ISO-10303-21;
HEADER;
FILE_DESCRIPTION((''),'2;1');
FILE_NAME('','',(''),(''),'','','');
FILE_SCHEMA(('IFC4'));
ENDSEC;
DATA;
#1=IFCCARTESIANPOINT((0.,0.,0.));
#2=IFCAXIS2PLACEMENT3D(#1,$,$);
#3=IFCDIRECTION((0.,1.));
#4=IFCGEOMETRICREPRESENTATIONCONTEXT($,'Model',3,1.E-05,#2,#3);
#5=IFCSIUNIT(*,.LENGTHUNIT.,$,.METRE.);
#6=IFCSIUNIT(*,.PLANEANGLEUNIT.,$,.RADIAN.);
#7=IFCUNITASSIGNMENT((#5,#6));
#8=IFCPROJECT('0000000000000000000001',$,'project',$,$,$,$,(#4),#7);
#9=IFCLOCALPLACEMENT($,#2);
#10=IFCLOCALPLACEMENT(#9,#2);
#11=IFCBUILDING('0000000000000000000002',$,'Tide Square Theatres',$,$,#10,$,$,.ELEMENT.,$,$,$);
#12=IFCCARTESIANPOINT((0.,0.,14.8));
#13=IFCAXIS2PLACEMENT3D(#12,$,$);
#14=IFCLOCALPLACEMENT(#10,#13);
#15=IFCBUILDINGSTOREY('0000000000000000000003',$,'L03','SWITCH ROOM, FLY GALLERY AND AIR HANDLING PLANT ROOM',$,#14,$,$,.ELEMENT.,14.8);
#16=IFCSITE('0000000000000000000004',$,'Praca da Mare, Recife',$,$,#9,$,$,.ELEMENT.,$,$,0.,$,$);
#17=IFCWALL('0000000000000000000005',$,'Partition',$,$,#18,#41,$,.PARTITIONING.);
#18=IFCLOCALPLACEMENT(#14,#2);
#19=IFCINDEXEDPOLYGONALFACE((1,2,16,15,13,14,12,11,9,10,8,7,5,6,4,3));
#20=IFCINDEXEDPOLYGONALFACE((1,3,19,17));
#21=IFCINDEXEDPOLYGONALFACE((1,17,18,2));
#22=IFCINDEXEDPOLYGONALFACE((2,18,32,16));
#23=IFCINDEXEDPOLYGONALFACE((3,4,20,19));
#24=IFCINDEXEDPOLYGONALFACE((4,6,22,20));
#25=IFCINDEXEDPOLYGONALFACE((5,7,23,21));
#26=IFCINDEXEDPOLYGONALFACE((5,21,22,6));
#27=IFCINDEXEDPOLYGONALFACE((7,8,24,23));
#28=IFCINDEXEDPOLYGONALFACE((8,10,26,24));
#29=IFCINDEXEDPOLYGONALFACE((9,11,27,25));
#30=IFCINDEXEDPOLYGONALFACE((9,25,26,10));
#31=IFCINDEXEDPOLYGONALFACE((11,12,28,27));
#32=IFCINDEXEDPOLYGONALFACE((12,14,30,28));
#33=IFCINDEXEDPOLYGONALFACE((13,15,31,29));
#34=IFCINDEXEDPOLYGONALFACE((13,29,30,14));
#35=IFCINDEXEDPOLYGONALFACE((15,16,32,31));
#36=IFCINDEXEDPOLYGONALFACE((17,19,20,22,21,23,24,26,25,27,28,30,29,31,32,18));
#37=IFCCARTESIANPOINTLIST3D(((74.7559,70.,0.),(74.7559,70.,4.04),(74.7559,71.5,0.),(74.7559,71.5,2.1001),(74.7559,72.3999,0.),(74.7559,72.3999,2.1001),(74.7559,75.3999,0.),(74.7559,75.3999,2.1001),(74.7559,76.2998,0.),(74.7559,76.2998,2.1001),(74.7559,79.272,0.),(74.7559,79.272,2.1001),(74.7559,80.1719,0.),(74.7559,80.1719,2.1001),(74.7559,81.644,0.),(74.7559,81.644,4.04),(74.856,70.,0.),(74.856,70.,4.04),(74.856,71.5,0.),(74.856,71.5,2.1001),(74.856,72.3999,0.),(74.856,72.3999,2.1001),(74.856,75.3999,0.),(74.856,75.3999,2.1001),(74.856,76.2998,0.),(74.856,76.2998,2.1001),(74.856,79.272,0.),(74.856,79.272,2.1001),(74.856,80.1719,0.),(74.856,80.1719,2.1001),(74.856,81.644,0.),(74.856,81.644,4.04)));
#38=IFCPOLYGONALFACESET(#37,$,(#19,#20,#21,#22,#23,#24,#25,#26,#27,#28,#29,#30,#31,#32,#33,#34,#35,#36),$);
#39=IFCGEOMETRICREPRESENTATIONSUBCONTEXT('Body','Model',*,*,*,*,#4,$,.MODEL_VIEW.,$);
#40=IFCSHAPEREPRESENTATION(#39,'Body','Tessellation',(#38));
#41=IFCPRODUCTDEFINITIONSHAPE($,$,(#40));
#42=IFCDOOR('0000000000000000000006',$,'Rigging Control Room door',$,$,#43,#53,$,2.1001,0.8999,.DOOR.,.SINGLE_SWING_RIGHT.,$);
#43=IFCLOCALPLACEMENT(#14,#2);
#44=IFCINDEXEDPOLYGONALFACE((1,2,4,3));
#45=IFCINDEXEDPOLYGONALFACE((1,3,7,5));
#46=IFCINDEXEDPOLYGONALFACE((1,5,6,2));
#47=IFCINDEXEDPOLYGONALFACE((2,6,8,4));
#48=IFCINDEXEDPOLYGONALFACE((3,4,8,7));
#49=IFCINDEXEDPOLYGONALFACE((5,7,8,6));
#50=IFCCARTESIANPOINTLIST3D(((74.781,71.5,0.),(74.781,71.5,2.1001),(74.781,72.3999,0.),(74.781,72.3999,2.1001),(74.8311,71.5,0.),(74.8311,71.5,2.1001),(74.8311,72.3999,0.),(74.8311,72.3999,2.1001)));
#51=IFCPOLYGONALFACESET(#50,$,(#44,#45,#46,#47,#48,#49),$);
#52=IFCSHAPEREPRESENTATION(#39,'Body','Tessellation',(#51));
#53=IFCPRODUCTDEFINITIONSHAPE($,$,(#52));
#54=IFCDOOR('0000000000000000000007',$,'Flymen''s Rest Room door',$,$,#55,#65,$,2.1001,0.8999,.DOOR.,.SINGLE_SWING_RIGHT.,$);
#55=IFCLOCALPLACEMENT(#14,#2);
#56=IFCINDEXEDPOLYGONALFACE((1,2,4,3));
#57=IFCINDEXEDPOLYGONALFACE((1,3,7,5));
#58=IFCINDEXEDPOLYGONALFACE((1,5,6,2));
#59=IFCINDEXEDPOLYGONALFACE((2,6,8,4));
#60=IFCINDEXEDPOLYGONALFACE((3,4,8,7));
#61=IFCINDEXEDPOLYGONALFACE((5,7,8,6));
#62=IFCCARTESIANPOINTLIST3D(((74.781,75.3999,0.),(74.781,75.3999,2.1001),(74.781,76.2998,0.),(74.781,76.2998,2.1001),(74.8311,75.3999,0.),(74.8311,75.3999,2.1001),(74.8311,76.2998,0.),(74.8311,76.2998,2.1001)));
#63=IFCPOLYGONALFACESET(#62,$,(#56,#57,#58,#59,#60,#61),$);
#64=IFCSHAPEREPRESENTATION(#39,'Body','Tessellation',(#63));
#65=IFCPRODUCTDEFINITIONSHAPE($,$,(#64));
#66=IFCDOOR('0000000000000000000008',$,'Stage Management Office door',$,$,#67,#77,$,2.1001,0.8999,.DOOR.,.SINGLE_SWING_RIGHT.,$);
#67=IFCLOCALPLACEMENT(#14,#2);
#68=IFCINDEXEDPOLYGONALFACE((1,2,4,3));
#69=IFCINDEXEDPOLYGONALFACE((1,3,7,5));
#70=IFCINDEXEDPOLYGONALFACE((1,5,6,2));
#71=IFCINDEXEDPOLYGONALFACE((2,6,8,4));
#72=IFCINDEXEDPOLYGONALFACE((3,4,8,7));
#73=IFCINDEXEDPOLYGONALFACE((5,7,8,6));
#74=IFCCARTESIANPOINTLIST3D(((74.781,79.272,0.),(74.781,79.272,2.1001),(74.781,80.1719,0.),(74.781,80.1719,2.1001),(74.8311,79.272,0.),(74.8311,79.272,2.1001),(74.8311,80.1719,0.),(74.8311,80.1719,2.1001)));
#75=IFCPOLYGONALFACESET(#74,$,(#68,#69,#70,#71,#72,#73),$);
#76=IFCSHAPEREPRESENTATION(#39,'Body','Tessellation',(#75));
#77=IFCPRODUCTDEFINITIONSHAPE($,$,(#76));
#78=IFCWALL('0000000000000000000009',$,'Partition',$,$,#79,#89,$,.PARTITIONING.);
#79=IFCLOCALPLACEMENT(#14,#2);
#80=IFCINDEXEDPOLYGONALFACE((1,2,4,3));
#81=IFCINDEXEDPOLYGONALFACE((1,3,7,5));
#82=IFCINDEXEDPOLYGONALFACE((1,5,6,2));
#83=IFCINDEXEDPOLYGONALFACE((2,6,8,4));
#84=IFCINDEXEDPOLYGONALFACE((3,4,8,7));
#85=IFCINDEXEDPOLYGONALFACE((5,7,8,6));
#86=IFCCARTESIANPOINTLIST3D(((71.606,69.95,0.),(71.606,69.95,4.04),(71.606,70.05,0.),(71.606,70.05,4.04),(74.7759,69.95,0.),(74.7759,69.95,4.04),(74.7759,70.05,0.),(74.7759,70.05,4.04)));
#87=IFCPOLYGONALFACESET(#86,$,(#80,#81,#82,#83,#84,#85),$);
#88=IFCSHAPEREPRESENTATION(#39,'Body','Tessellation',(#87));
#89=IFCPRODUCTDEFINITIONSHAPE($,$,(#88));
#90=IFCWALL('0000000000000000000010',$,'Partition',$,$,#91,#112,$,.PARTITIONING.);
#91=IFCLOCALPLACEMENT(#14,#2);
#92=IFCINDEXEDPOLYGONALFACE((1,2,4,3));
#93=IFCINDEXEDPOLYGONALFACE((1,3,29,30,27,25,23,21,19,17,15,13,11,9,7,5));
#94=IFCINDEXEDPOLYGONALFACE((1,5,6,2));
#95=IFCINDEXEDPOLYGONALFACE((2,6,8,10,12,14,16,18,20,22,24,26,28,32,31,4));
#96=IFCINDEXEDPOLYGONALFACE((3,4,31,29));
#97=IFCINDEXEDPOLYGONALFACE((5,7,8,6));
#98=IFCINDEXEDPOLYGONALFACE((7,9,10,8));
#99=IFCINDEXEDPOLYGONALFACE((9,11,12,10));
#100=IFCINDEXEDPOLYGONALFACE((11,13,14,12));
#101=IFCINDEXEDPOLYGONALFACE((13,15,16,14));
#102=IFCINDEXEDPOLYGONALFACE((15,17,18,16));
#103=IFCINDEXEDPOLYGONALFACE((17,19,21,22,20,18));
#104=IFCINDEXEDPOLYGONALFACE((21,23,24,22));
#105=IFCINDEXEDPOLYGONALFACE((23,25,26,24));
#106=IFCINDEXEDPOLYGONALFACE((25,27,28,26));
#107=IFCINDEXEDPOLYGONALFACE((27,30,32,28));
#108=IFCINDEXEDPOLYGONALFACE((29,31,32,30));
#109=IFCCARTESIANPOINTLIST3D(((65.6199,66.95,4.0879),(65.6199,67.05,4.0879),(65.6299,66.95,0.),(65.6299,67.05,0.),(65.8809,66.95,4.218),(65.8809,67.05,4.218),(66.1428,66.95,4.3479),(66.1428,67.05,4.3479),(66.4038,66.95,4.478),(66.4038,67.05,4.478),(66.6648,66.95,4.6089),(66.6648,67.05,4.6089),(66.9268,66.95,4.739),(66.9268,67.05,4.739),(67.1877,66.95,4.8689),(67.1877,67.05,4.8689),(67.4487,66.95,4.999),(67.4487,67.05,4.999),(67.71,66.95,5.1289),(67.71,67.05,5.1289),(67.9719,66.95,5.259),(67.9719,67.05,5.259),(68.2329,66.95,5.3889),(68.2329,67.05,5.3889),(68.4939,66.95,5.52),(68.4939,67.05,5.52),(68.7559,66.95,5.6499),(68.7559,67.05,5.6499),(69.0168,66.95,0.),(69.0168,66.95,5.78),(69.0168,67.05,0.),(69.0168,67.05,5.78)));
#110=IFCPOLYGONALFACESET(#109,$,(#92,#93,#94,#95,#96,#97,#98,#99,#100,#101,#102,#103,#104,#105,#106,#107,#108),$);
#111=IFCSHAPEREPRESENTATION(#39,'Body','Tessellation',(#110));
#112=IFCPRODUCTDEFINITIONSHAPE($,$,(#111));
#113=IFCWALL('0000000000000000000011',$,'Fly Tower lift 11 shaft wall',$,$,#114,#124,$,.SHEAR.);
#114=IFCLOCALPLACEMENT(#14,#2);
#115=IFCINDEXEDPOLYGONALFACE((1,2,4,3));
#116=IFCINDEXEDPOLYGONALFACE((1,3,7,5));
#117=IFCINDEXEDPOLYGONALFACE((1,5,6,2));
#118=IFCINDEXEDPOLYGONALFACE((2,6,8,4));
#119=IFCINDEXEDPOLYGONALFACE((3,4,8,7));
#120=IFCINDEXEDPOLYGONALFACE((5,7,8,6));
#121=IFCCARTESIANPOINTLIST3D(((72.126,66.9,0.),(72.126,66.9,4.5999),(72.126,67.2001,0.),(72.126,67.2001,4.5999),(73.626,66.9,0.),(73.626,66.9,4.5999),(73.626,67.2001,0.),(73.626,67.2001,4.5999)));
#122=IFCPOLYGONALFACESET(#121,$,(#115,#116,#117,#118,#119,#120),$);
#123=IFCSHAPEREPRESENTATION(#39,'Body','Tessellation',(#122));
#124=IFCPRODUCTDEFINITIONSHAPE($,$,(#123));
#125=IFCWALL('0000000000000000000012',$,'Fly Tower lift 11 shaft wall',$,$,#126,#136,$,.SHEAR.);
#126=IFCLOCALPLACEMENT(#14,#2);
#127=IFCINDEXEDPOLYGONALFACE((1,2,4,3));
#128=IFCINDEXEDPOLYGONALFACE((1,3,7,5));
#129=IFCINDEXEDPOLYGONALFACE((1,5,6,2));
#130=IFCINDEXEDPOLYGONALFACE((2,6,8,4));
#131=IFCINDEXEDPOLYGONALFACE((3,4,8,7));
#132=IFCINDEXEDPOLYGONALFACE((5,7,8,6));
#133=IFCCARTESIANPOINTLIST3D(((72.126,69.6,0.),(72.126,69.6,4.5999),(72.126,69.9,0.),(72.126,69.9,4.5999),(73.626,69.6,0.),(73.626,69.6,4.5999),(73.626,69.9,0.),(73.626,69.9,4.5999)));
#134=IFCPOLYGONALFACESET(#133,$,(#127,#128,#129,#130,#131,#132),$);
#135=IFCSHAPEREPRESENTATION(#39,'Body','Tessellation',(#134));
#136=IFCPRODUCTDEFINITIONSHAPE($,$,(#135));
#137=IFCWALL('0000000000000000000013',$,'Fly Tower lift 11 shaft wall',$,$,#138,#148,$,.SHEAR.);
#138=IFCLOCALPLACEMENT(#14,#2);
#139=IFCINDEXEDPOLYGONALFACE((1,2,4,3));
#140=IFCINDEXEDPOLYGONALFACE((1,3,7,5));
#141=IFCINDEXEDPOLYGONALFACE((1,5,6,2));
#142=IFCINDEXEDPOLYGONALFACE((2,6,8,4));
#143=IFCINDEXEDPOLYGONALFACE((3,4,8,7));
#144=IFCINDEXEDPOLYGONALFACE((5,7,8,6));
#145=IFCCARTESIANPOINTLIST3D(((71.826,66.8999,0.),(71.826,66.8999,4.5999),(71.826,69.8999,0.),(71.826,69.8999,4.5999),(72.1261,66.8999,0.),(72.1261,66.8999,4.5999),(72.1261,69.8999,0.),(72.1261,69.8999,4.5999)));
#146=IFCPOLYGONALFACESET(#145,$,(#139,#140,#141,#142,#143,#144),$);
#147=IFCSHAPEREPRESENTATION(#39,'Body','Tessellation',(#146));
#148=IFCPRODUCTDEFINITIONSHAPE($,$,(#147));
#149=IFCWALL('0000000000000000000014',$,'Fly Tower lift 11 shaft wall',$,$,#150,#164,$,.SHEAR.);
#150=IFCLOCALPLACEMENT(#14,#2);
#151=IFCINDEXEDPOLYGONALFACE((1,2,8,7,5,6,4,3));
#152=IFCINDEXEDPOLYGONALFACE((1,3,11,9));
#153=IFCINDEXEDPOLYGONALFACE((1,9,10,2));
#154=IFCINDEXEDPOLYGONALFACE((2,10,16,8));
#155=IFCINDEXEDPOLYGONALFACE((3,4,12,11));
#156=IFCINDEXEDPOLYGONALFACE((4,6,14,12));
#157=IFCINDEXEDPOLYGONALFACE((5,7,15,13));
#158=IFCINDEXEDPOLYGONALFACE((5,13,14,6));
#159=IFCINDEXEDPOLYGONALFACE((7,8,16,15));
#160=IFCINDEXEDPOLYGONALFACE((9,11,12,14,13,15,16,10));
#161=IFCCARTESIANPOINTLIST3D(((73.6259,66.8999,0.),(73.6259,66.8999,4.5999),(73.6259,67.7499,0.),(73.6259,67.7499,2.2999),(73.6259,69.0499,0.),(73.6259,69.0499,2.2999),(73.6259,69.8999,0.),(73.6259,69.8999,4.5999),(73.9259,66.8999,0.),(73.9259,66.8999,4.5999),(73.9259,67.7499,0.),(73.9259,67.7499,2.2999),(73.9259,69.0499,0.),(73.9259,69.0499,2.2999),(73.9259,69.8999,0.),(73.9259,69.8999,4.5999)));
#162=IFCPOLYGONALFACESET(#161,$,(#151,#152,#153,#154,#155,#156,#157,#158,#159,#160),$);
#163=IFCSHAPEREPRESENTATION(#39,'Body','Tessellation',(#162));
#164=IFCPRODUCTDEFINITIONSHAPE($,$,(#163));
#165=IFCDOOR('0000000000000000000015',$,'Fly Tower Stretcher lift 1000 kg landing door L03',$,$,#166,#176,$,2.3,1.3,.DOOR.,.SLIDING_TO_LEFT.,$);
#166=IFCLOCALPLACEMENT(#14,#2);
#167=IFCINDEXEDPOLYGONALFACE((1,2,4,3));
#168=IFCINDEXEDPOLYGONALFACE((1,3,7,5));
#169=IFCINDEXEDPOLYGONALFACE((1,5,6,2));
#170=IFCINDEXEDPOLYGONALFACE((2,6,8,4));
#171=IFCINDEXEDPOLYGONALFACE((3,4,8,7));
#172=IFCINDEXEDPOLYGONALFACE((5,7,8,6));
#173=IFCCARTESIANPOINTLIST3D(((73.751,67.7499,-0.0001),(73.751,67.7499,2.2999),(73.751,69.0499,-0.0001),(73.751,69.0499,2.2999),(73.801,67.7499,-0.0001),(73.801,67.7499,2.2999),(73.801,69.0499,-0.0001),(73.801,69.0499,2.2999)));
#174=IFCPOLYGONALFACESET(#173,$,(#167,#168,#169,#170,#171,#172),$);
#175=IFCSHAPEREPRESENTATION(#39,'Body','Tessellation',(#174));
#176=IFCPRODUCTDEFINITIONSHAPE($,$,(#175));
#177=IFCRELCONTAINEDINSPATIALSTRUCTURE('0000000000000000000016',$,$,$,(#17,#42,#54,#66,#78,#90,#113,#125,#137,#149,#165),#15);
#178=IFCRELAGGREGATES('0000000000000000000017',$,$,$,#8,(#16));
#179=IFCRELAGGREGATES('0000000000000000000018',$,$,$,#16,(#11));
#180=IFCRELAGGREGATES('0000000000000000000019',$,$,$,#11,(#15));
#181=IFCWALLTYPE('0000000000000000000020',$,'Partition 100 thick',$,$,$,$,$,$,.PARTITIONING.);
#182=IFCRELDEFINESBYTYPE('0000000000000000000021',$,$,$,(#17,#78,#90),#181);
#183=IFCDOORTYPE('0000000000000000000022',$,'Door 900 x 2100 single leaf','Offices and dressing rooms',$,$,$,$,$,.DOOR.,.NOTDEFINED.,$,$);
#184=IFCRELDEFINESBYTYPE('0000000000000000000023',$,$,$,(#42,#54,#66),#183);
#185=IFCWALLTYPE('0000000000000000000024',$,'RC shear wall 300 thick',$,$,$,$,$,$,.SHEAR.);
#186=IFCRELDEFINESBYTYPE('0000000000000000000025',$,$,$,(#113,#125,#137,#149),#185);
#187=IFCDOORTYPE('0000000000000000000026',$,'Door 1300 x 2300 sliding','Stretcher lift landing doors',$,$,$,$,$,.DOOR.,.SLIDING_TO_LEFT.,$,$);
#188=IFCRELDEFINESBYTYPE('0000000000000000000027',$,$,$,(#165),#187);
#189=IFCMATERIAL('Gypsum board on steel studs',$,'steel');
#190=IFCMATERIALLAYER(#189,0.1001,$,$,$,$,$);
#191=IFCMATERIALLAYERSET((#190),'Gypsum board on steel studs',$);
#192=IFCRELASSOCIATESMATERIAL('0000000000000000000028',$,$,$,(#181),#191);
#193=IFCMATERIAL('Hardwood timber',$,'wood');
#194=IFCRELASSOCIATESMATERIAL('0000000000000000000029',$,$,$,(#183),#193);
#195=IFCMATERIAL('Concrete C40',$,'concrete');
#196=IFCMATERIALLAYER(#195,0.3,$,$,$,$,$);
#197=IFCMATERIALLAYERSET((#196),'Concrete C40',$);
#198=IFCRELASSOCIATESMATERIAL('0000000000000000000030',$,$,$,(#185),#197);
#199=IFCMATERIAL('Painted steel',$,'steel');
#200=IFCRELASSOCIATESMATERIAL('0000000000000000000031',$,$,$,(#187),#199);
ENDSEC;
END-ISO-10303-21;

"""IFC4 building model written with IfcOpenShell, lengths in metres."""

from ifc_helpers import new_model, si_unit, direction, frame, frame_2d, origin, place, context, subcontext, project, spatial, polyline, rectangle, outline, extrude, material, layer, layer_set, type_object, element, fill, save


model = new_model("IFC4")

# Units and contexts
model_context = context("Model", 3, precision=1e-05, world=origin(), true_north=direction((0.0, 1.0)))
body_context = subcontext(model_context, "Body", "Model", "MODEL_VIEW")
ifc_project = project(units=[si_unit("LENGTHUNIT", "METRE"), si_unit("PLANEANGLEUNIT", "RADIAN")], contexts=[model_context])

# Site, building, storey
site_placement = place(None, origin())
site = spatial("IfcSite", under=ifc_project, at=site_placement, Name="Praca da Mare, Recife", CompositionType="ELEMENT", RefElevation=0.0)
building_placement = place(site_placement, origin())
building = spatial("IfcBuilding", under=site, at=building_placement, Name="Tide Square Theatres", CompositionType="ELEMENT")
storey_placement = place(building_placement, frame((0.0, 0.0, 14.8)))
storey = spatial("IfcBuildingStorey", under=building, at=storey_placement, Name="L03", Description="SWITCH ROOM, FLY GALLERY AND AIR HANDLING PLANT ROOM", CompositionType="ELEMENT", Elevation=14.8)

# Shared definitions
ifc_material_1 = material(Name="Gypsum board on steel studs", Category="steel")
ifc_layer_1 = layer(ifc_material_1, 0.1001)
ifc_layer_set_1 = layer_set([ifc_layer_1], Name="Gypsum board on steel studs")
wall_type_1 = type_object("IfcWallType", Name="Partition 100 thick", PredefinedType="PARTITIONING", material=ifc_layer_set_1)

# Wall, openings, doors
wall_1_placement = place(storey_placement, frame((74.8059, 70.0, 0.0), z_axis=(0.0, 0.0, 1.0), x_axis=(0.0, 1.0, 0.0)))
wall_1 = element("IfcWall", 1, at=wall_1_placement, inside=storey, type_object=wall_type_1, Name="Partition", PredefinedType="PARTITIONING", context=body_context, shape_type="SweptSolid", body=[
    extrude(rectangle(XDim=11.644, YDim=0.1001, at=frame_2d((5.822, 0.0))), origin(), (0.0, 0.0, 1.0), 4.04),
])
opening_1_placement = place(wall_1_placement, frame((1.5, 0.0, 0.0)))
opening_1 = element("IfcOpeningElement", 2, at=opening_1_placement, cuts=wall_1, PredefinedType="OPENING", context=body_context, shape_type="SweptSolid", body=[
    extrude(rectangle(XDim=0.8999, YDim=2.1001, at=frame_2d((0.45, 1.05))), frame((0.0, 0.0601, 0.0), z_axis=(0.0, -1.0, 0.0), x_axis=(1.0, 0.0, 0.0)), (0.0, 0.0, 1.0), 0.1201),
])
opening_2_placement = place(wall_1_placement, frame((5.3999, 0.0, 0.0)))
opening_2 = element("IfcOpeningElement", 3, at=opening_2_placement, cuts=wall_1, PredefinedType="OPENING", context=body_context, shape_type="SweptSolid", body=[
    extrude(rectangle(XDim=0.8999, YDim=2.1001, at=frame_2d((0.45, 1.05))), frame((0.0, 0.0601, 0.0), z_axis=(0.0, -1.0, 0.0), x_axis=(1.0, 0.0, 0.0)), (0.0, 0.0, 1.0), 0.1201),
])
opening_3_placement = place(wall_1_placement, frame((9.272, 0.0, 0.0)))
opening_3 = element("IfcOpeningElement", 4, at=opening_3_placement, cuts=wall_1, PredefinedType="OPENING", context=body_context, shape_type="SweptSolid", body=[
    extrude(rectangle(XDim=0.8999, YDim=2.1001, at=frame_2d((0.45, 1.05))), frame((0.0, 0.0601, 0.0), z_axis=(0.0, -1.0, 0.0), x_axis=(1.0, 0.0, 0.0)), (0.0, 0.0, 1.0), 0.1201),
])
ifc_material_2 = material(Name="Hardwood timber", Category="wood")
door_type_1 = type_object("IfcDoorType", Name="Door 900 x 2100 single leaf", Description="Offices and dressing rooms", OperationType="NOTDEFINED", PredefinedType="DOOR", material=ifc_material_2)
door_1_placement = place(opening_1_placement, origin())
door_1 = element("IfcDoor", 5, at=door_1_placement, inside=storey, type_object=door_type_1, Name="Rigging Control Room door", OperationType="SINGLE_SWING_RIGHT", OverallHeight=2.1001, OverallWidth=0.8999, PredefinedType="DOOR", context=body_context, shape_type="SweptSolid", body=[
    extrude(rectangle(XDim=0.8999, YDim=2.1001, at=frame_2d((0.45, 1.05))), frame((0.0, 0.0249, 0.0), z_axis=(0.0, -1.0, 0.0), x_axis=(1.0, 0.0, 0.0)), (0.0, 0.0, 1.0), 0.05),
])
fill(opening_1, door_1)
door_2_placement = place(opening_2_placement, origin())
door_2 = element("IfcDoor", 6, at=door_2_placement, inside=storey, type_object=door_type_1, Name="Flymen's Rest Room door", OperationType="SINGLE_SWING_RIGHT", OverallHeight=2.1001, OverallWidth=0.8999, PredefinedType="DOOR", context=body_context, shape_type="SweptSolid", body=[
    extrude(rectangle(XDim=0.8999, YDim=2.1001, at=frame_2d((0.45, 1.05))), frame((0.0, 0.0249, 0.0), z_axis=(0.0, -1.0, 0.0), x_axis=(1.0, 0.0, 0.0)), (0.0, 0.0, 1.0), 0.05),
])
fill(opening_2, door_2)
door_3_placement = place(opening_3_placement, origin())
door_3 = element("IfcDoor", 7, at=door_3_placement, inside=storey, type_object=door_type_1, Name="Stage Management Office door", OperationType="SINGLE_SWING_RIGHT", OverallHeight=2.1001, OverallWidth=0.8999, PredefinedType="DOOR", context=body_context, shape_type="SweptSolid", body=[
    extrude(rectangle(XDim=0.8999, YDim=2.1001, at=frame_2d((0.45, 1.05))), frame((0.0, 0.0249, 0.0), z_axis=(0.0, -1.0, 0.0), x_axis=(1.0, 0.0, 0.0)), (0.0, 0.0, 1.0), 0.05),
])
fill(opening_3, door_3)

# Walls
wall_2_placement = place(storey_placement, frame((71.606, 70.0, 0.0), z_axis=(0.0, 0.0, 1.0), x_axis=(1.0, 0.0, 0.0)))
element("IfcWall", 8, at=wall_2_placement, inside=storey, type_object=wall_type_1, Name="Partition", PredefinedType="PARTITIONING", context=body_context, shape_type="SweptSolid", body=[
    extrude(rectangle(XDim=3.1699, YDim=0.1001, at=frame_2d((1.585, 0.0))), origin(), (0.0, 0.0, 1.0), 4.04),
])
wall_3_placement = place(storey_placement, frame((69.0168, 67.0, 0.0), z_axis=(0.0, 0.0, 1.0), x_axis=(-1.0, 0.0, 0.0)))
element("IfcWall", 9, at=wall_3_placement, inside=storey, type_object=wall_type_1, Name="Partition", PredefinedType="PARTITIONING", context=body_context, shape_type="SweptSolid", body=[
    extrude(outline(polyline([(0.0, 0.0), (3.387, 0.0), (3.397, 4.0879), (3.136, 4.218), (2.874, 4.3479), (2.613, 4.478), (2.3521, 4.6089), (2.0901, 4.739), (1.8291, 4.8689), (1.5681, 4.999), (1.3069, 5.1289), (1.0449, 5.259), (0.7839, 5.3889), (0.5229, 5.52), (0.261, 5.6499), (0.0, 5.78), (0.0, 0.0)])), frame((0.0, 0.05, 0.0), z_axis=(0.0, -1.0, 0.0), x_axis=(1.0, 0.0, 0.0)), (0.0, 0.0, 1.0), 0.1001),
])
ifc_material_3 = material(Name="Concrete C40", Category="concrete")
ifc_layer_2 = layer(ifc_material_3, 0.3)
ifc_layer_set_2 = layer_set([ifc_layer_2], Name="Concrete C40")
wall_type_2 = type_object("IfcWallType", Name="RC shear wall 300 thick", PredefinedType="SHEAR", material=ifc_layer_set_2)
for number, where, z_axis, x_axis, name in (
    (10, (72.126, 67.05, 0.0), (0.0, 0.0, 1.0), (1.0, 0.0, 0.0), "Fly Tower lift 11 shaft wall"),
    (11, (73.626, 69.75, 0.0), (0.0, 0.0, 1.0), (-1.0, 0.0, 0.0), "Fly Tower lift 11 shaft wall"),
):
    element("IfcWall", number, at=place(storey_placement, frame(where, z_axis=z_axis, x_axis=x_axis)), inside=storey, type_object=wall_type_2, Name=name, PredefinedType="SHEAR", context=body_context, shape_type="SweptSolid", body=[
        extrude(rectangle(XDim=1.5, YDim=0.3, at=frame_2d((0.75, 0.0))), origin(), (0.0, 0.0, 1.0), 4.5999),
    ])
wall_4_placement = place(storey_placement, frame((71.9761, 66.8999, 0.0), z_axis=(0.0, 0.0, 1.0), x_axis=(0.0, 1.0, 0.0)))
element("IfcWall", 12, at=wall_4_placement, inside=storey, type_object=wall_type_2, Name="Fly Tower lift 11 shaft wall", PredefinedType="SHEAR", context=body_context, shape_type="SweptSolid", body=[
    extrude(rectangle(XDim=3.0, YDim=0.3, at=frame_2d((1.5, 0.0))), origin(), (0.0, 0.0, 1.0), 4.5999),
])

# Wall, opening, door
wall_5_placement = place(storey_placement, frame((73.7759, 66.8999, 0.0), z_axis=(0.0, 0.0, 1.0), x_axis=(0.0, 1.0, 0.0)))
wall_5 = element("IfcWall", 13, at=wall_5_placement, inside=storey, type_object=wall_type_2, Name="Fly Tower lift 11 shaft wall", PredefinedType="SHEAR", context=body_context, shape_type="SweptSolid", body=[
    extrude(rectangle(XDim=3.0, YDim=0.3, at=frame_2d((1.5, 0.0))), origin(), (0.0, 0.0, 1.0), 4.5999),
])
opening_4_placement = place(wall_5_placement, frame((0.8501, 0.0, 0.0)))
opening_4 = element("IfcOpeningElement", 14, at=opening_4_placement, cuts=wall_5, PredefinedType="OPENING", context=body_context, shape_type="SweptSolid", body=[
    extrude(rectangle(XDim=1.3, YDim=2.3, at=frame_2d((0.6499, 1.1499))), frame((0.0, 0.1599, 0.0), z_axis=(0.0, -1.0, 0.0), x_axis=(1.0, 0.0, 0.0)), (0.0, 0.0, 1.0), 0.3201),
])
ifc_material_4 = material(Name="Painted steel", Category="steel")
door_type_2 = type_object("IfcDoorType", Name="Door 1300 x 2300 sliding", Description="Stretcher lift landing doors", OperationType="SLIDING_TO_LEFT", PredefinedType="DOOR", material=ifc_material_4)
door_4_placement = place(opening_4_placement, origin())
door_4 = element("IfcDoor", 15, at=door_4_placement, inside=storey, type_object=door_type_2, Name="Fly Tower Stretcher lift 1000 kg landing door L03", OperationType="SLIDING_TO_LEFT", OverallHeight=2.3, OverallWidth=1.3, PredefinedType="DOOR", context=body_context, shape_type="SweptSolid", body=[
    extrude(rectangle(XDim=1.3, YDim=2.3, at=frame_2d((0.6499, 1.1499))), frame((0.0, 0.0249, 0.0), z_axis=(0.0, -1.0, 0.0), x_axis=(1.0, 0.0, 0.0)), (0.0, 0.0, 1.0), 0.05),
])
fill(opening_4, door_4)

save(model, "model.ifc")
